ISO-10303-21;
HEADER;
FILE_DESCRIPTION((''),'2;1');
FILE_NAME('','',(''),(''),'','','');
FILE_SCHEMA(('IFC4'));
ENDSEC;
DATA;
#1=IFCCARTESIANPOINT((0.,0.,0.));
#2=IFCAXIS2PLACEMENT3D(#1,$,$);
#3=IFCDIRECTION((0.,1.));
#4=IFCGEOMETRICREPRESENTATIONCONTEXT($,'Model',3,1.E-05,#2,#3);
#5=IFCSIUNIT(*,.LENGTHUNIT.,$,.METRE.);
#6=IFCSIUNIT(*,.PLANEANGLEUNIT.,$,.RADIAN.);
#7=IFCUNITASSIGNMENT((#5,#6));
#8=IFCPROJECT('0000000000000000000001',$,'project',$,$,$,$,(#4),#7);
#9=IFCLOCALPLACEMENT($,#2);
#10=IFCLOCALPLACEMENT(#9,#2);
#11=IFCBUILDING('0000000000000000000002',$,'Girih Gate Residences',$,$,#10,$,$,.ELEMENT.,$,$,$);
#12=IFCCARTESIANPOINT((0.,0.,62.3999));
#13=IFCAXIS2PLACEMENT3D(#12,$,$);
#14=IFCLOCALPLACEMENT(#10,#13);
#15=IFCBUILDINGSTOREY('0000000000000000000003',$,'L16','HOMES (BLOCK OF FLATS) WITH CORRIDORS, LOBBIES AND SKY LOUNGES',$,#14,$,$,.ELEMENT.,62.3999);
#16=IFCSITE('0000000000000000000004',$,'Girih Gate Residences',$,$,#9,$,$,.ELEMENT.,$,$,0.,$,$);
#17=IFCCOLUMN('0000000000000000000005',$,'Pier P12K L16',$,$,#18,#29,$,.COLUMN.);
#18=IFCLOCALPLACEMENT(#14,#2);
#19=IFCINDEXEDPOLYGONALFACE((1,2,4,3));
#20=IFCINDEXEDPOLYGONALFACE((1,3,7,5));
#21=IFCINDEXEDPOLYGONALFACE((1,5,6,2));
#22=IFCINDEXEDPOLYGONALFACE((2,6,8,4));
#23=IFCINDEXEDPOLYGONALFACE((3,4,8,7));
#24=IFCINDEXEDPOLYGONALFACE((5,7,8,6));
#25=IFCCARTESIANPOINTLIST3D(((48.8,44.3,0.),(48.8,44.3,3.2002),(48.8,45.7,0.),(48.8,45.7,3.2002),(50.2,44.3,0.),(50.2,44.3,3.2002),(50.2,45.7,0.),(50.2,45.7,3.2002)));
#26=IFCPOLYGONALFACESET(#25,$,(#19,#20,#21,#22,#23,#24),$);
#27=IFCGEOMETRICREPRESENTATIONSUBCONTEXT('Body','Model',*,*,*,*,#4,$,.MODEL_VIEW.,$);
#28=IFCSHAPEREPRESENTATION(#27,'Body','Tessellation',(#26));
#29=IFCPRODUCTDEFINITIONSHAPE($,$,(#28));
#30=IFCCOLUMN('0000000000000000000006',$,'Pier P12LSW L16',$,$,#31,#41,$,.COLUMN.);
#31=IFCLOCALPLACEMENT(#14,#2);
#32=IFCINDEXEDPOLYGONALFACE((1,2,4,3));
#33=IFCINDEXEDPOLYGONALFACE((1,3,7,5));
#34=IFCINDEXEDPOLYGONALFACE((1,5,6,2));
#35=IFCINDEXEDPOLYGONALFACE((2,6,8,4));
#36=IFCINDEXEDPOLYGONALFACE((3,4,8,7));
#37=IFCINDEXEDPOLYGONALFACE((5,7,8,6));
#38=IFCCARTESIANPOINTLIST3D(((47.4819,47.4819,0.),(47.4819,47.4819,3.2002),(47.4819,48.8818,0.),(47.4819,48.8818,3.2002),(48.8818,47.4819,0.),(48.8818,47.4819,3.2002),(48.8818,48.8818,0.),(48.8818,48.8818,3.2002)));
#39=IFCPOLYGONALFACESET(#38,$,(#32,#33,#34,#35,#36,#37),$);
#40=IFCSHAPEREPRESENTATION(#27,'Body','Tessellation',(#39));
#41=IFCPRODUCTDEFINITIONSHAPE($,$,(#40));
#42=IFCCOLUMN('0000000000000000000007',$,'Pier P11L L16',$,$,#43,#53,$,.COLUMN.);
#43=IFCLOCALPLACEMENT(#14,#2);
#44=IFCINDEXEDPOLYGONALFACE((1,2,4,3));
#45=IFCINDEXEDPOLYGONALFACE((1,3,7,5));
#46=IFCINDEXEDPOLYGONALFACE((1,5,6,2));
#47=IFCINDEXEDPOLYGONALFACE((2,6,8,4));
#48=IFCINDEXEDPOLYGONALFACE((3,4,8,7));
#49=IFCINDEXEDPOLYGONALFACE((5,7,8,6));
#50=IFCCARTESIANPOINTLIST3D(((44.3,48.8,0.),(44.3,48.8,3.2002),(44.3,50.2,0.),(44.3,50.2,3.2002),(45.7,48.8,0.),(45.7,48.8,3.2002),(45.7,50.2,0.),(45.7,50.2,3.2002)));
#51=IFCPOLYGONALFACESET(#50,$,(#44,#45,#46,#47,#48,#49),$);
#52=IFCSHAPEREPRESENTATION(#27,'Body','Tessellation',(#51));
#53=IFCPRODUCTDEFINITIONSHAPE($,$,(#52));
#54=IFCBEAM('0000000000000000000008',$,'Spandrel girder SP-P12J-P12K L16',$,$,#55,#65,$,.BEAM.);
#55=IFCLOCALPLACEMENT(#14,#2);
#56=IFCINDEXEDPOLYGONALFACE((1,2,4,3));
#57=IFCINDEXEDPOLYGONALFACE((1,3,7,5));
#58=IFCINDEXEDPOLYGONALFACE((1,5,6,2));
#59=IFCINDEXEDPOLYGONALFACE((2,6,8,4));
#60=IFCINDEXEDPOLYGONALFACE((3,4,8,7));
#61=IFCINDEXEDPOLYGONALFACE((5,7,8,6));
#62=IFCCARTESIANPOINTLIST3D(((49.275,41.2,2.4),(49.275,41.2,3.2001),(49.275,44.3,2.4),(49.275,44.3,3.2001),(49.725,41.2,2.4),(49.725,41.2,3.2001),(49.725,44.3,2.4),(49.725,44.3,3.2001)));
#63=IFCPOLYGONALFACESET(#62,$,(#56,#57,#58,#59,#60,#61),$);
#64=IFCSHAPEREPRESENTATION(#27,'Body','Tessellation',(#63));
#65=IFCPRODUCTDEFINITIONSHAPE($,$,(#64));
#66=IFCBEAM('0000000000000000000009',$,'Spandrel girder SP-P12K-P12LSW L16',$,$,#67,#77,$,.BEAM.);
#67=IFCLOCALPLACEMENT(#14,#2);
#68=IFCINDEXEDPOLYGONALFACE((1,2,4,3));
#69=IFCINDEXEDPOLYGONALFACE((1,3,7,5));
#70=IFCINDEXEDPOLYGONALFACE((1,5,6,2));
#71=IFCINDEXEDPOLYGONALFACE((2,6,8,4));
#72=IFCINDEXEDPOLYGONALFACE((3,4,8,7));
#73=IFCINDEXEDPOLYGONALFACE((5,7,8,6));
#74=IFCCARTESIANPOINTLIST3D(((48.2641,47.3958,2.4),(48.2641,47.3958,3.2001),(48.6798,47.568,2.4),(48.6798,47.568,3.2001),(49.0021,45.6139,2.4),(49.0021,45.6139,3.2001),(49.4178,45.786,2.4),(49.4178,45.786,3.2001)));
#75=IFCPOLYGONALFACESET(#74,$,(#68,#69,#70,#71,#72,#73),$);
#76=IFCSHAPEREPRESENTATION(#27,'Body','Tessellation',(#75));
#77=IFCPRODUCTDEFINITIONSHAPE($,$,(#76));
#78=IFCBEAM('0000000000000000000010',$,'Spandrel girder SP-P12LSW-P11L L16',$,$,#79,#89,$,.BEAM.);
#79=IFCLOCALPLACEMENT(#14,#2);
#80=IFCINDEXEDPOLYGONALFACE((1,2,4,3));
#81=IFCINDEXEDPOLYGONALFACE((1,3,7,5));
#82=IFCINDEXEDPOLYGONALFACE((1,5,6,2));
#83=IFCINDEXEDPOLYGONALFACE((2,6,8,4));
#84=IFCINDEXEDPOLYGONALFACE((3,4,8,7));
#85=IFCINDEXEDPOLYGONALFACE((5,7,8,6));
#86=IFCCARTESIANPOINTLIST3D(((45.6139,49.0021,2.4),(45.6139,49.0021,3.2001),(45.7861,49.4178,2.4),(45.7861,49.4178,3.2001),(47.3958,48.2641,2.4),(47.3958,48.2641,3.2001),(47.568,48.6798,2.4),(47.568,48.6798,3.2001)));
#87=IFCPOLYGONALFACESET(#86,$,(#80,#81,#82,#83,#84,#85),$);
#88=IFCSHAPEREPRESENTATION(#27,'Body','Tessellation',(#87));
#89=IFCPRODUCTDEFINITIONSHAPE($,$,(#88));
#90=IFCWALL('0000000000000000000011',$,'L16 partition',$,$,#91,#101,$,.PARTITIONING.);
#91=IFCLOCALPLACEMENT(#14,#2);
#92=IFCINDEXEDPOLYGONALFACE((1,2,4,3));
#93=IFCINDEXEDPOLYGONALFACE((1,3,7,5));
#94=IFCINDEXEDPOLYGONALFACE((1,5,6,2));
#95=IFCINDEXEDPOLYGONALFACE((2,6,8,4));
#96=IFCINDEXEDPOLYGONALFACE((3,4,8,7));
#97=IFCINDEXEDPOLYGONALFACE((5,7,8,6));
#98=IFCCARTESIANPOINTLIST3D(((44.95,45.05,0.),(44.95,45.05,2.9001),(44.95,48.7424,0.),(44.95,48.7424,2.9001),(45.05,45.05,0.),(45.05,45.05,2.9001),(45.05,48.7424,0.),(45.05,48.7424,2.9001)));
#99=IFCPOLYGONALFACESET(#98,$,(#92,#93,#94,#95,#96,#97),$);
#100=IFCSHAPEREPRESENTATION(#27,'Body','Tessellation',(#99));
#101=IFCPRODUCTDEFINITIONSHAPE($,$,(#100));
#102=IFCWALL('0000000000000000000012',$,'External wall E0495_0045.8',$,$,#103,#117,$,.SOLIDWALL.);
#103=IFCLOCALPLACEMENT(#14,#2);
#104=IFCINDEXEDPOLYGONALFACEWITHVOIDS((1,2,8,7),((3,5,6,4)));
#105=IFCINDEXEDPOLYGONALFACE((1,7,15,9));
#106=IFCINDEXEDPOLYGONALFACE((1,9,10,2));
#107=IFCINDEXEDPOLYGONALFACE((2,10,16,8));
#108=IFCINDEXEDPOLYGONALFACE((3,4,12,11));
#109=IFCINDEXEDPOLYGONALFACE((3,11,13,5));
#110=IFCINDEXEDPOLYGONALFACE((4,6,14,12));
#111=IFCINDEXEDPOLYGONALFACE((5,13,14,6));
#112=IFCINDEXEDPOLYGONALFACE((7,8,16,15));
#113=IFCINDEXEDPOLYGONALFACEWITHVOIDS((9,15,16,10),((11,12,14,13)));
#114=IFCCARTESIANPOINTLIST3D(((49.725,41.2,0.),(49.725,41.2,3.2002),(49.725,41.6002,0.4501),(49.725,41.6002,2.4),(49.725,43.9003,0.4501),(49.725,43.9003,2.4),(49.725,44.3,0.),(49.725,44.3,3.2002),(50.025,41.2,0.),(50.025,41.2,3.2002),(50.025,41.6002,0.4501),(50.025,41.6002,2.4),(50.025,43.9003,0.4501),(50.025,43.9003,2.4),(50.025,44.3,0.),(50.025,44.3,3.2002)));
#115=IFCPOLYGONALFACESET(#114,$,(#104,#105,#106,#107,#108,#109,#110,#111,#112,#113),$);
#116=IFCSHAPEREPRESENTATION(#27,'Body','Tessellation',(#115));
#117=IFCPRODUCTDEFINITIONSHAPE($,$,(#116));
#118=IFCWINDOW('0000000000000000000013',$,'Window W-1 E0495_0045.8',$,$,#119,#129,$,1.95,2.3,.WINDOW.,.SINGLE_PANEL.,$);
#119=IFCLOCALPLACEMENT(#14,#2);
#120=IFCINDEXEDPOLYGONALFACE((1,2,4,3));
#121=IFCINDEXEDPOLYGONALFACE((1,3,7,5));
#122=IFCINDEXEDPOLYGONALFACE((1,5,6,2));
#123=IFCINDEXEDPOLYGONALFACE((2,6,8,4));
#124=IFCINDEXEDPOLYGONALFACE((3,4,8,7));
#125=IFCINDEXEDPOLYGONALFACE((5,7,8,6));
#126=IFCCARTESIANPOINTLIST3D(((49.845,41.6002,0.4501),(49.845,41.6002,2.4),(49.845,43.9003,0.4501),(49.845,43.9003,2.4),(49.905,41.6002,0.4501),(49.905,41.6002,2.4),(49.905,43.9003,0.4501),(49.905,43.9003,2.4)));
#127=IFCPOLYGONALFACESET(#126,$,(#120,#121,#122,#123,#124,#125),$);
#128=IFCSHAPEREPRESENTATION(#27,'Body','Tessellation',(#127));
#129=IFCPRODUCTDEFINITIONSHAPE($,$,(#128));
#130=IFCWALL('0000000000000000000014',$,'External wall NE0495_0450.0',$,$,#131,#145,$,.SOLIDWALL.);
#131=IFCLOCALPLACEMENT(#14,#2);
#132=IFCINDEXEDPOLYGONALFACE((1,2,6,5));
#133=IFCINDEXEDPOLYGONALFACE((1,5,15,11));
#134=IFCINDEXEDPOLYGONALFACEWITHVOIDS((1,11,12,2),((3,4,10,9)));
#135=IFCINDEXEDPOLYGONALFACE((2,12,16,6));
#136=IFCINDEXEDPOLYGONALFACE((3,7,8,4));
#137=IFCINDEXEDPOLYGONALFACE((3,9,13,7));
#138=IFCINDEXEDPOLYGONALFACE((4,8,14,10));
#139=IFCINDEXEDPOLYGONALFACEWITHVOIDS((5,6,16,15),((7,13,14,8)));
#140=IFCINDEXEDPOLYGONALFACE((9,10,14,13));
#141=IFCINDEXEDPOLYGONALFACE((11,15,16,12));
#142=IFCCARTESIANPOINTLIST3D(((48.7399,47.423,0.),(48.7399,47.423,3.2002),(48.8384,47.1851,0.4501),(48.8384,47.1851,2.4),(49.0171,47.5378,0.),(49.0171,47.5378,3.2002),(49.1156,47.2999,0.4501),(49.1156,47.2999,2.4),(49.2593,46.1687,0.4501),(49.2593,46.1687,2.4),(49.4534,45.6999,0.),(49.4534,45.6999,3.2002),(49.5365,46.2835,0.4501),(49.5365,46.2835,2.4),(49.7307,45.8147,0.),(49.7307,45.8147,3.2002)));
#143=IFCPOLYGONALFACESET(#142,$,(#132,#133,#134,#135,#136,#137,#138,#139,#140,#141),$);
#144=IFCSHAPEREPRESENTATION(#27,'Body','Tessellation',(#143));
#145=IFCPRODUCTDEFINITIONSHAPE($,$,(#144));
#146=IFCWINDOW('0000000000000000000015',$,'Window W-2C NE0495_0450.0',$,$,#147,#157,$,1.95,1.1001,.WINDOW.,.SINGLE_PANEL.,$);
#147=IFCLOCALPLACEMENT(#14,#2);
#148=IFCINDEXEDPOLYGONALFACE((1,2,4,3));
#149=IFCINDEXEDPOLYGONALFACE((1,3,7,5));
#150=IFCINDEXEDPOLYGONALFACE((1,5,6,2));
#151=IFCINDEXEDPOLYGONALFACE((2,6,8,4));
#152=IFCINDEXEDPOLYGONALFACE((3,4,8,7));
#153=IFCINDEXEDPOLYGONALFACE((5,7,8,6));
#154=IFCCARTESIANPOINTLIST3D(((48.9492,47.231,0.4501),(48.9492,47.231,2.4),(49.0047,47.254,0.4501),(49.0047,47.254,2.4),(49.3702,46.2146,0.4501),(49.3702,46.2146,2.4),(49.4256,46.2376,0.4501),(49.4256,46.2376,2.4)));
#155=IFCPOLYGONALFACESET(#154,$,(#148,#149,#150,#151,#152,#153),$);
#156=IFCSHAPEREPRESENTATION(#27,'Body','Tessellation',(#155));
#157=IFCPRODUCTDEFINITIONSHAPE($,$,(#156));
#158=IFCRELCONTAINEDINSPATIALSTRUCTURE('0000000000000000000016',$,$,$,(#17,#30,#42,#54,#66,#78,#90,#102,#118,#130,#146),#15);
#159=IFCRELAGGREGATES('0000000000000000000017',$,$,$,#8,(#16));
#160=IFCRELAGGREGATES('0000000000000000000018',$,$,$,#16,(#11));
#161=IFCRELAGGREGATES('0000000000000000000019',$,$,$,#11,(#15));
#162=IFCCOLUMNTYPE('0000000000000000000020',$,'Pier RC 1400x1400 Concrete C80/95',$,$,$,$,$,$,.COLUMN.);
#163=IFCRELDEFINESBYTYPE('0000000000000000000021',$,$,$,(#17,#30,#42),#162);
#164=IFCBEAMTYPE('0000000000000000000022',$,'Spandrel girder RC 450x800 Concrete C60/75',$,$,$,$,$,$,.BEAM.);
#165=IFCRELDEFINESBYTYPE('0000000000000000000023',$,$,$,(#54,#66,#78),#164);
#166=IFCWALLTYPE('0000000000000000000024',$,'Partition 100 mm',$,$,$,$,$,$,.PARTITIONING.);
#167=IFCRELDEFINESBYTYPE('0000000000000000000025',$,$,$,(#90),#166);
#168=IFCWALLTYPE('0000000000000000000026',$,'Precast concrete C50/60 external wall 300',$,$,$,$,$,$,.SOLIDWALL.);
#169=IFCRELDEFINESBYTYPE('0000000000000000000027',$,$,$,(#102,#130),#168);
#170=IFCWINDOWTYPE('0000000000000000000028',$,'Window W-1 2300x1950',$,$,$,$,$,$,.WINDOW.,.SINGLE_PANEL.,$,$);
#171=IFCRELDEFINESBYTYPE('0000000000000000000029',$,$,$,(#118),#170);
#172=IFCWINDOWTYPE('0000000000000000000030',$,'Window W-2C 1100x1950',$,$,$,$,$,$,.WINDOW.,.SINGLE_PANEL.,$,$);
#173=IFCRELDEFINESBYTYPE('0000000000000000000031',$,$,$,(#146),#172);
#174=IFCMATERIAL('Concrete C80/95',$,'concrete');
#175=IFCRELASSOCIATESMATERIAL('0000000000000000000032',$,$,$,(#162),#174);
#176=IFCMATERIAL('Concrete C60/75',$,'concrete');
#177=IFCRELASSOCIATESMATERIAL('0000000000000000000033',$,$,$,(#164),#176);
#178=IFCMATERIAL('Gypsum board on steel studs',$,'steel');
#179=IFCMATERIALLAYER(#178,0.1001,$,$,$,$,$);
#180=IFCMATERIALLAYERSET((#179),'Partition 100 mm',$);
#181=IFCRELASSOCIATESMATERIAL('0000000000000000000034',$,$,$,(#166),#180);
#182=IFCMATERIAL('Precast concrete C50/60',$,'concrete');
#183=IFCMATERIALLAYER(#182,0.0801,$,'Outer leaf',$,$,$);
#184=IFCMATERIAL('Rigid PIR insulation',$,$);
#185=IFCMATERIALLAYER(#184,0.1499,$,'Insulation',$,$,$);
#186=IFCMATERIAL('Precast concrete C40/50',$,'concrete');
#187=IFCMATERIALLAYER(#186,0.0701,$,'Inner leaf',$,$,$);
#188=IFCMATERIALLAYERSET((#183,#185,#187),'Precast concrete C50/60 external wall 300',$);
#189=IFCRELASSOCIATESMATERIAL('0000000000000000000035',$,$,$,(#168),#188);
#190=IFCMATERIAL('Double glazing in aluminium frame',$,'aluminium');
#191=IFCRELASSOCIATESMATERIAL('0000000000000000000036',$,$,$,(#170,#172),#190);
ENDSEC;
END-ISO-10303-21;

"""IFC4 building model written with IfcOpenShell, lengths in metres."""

from ifc_helpers import new_model, si_unit, direction, frame, frame_2d, origin, origin_2d, place, context, subcontext, project, spatial, rectangle, extrude, material, layer, layer_set, material_profile, profile_set, type_object, element, fill, save


model = new_model("IFC4")

# Units and contexts
model_context = context("Model", 3, precision=1e-05, world=origin(), true_north=direction((0.0, 1.0)))
body_context = subcontext(model_context, "Body", "Model", "MODEL_VIEW")
ifc_project = project(units=[si_unit("LENGTHUNIT", "METRE"), si_unit("PLANEANGLEUNIT", "RADIAN")], contexts=[model_context])

# Site, building, storey
site_placement = place(None, origin())
site = spatial("IfcSite", under=ifc_project, at=site_placement, Name="Girih Gate Residences", CompositionType="ELEMENT", RefElevation=0.0)
building_placement = place(site_placement, origin())
building = spatial("IfcBuilding", under=site, at=building_placement, Name="Girih Gate Residences", CompositionType="ELEMENT")
storey_placement = place(building_placement, frame((0.0, 0.0, 62.3999)))
storey = spatial("IfcBuildingStorey", under=building, at=storey_placement, Name="L16", Description="HOMES (BLOCK OF FLATS) WITH CORRIDORS, LOBBIES AND SKY LOUNGES", CompositionType="ELEMENT", Elevation=62.3999)

# Columns
ifc_material_1 = material(Name="Concrete C80/95", Category="concrete")
ifc_material_profile_1 = material_profile(ifc_material_1, rectangle(XDim=1.3999, YDim=1.3999, at=origin_2d()))
ifc_profile_set_1 = profile_set([ifc_material_profile_1], Name="Concrete C80/95")
column_type = type_object("IfcColumnType", Name="Pier RC 1400x1400 Concrete C80/95", PredefinedType="COLUMN", material=ifc_profile_set_1)
for number, where, z_axis, x_axis, name in (
    (1, (49.5, 45.0, 0.0), (0.0, 0.0, 1.0), (1.0, 0.0, 0.0), "Pier P12K L16"),
    (2, (48.1819, 48.1819, 0.0), (0.0, 0.0, 1.0), (1.0, 0.0, 0.0), "Pier P12LSW L16"),
    (3, (45.0, 49.5, 0.0), (0.0, 0.0, 1.0), (1.0, 0.0, 0.0), "Pier P11L L16"),
):
    element("IfcColumn", number, at=place(storey_placement, frame(where, z_axis=z_axis, x_axis=x_axis)), inside=storey, type_object=column_type, Name=name, PredefinedType="COLUMN", context=body_context, shape_type="SweptSolid", body=[
        extrude(rectangle(XDim=1.3999, YDim=1.3999, at=origin_2d()), origin(), (0.0, 0.0, 1.0), 3.2002),
    ])

# Beams
ifc_material_2 = material(Name="Concrete C60/75", Category="concrete")
ifc_material_profile_2 = material_profile(ifc_material_2, rectangle(XDim=0.45, YDim=0.8, at=origin_2d()))
ifc_profile_set_2 = profile_set([ifc_material_profile_2], Name="Concrete C60/75")
beam_type = type_object("IfcBeamType", Name="Spandrel girder RC 450x800 Concrete C60/75", PredefinedType="BEAM", material=ifc_profile_set_2)
beam_placement = place(storey_placement, frame((49.5, 41.2, 2.8), z_axis=(0.0, 1.0, 0.0), x_axis=(-1.0, 0.0, 0.0)))
element("IfcBeam", 4, at=beam_placement, inside=storey, type_object=beam_type, Name="Spandrel girder SP-P12J-P12K L16", PredefinedType="BEAM", context=body_context, shape_type="SweptSolid", body=[
    extrude(rectangle(XDim=0.45, YDim=0.8, at=origin_2d()), origin(), (0.0, 0.0, 1.0), 3.1001),
])
for number, where, z_axis, x_axis, name in (
    (5, (49.21, 45.7, 2.8), (-0.382646, 0.923895, 0.0), (-0.923895, -0.382646, 0.0), "Spandrel girder SP-P12K-P12LSW L16"),
    (6, (47.4819, 48.4719, 2.8), (-0.923895, 0.382646, 0.0), (-0.382646, -0.923895, 0.0), "Spandrel girder SP-P12LSW-P11L L16"),
):
    element("IfcBeam", number, at=place(storey_placement, frame(where, z_axis=z_axis, x_axis=x_axis)), inside=storey, type_object=beam_type, Name=name, PredefinedType="BEAM", context=body_context, shape_type="SweptSolid", body=[
        extrude(rectangle(XDim=0.45, YDim=0.8, at=origin_2d()), origin(), (0.0, 0.0, 1.0), 1.9287),
    ])

# Wall
ifc_material_3 = material(Name="Gypsum board on steel studs", Category="steel")
ifc_layer_1 = layer(ifc_material_3, 0.1001)
ifc_layer_set_1 = layer_set([ifc_layer_1], Name="Partition 100 mm")
wall_type_1 = type_object("IfcWallType", Name="Partition 100 mm", PredefinedType="PARTITIONING", material=ifc_layer_set_1)
wall_1_placement = place(storey_placement, frame((45.0, 45.05, 0.0), z_axis=(0.0, 0.0, 1.0), x_axis=(0.0, 1.0, 0.0)))
element("IfcWall", 7, at=wall_1_placement, inside=storey, type_object=wall_type_1, Name="L16 partition", PredefinedType="PARTITIONING", context=body_context, shape_type="SweptSolid", body=[
    extrude(rectangle(XDim=3.6924, YDim=0.1001, at=frame_2d((1.8462, 0.0))), origin(), (0.0, 0.0, 1.0), 2.9001),
])

# Walls, openings, windows
ifc_material_4 = material(Name="Precast concrete C50/60", Category="concrete")
ifc_layer_2 = layer(ifc_material_4, 0.0801, Name="Outer leaf")
ifc_material_5 = material(Name="Rigid PIR insulation")
ifc_layer_3 = layer(ifc_material_5, 0.1499, Name="Insulation")
ifc_material_6 = material(Name="Precast concrete C40/50", Category="concrete")
ifc_layer_4 = layer(ifc_material_6, 0.0701, Name="Inner leaf")
ifc_layer_set_2 = layer_set([ifc_layer_2, ifc_layer_3, ifc_layer_4], Name="Precast concrete C50/60 external wall 300")
wall_type_2 = type_object("IfcWallType", Name="Precast concrete C50/60 external wall 300", PredefinedType="SOLIDWALL", material=ifc_layer_set_2)
wall_2_placement = place(storey_placement, frame((49.875, 44.3, 0.0), z_axis=(0.0, 0.0, 1.0), x_axis=(0.0, -1.0, 0.0)))
wall_2 = element("IfcWall", 8, at=wall_2_placement, inside=storey, type_object=wall_type_2, Name="External wall E0495_0045.8", PredefinedType="SOLIDWALL", context=body_context, shape_type="SweptSolid", body=[
    extrude(rectangle(XDim=3.1001, YDim=0.3, at=frame_2d((1.55, 0.0))), origin(), (0.0, 0.0, 1.0), 3.2002),
])
opening_1_placement = place(wall_2_placement, frame((0.3999, 0.0, 0.45)))
opening_1 = element("IfcOpeningElement", 9, at=opening_1_placement, cuts=wall_2, PredefinedType="OPENING", context=body_context, shape_type="SweptSolid", body=[
    extrude(rectangle(XDim=2.3, YDim=1.95, at=frame_2d((1.1499, 0.9751))), frame((0.0, 0.1599, 0.0), z_axis=(0.0, -1.0, 0.0), x_axis=(1.0, 0.0, 0.0)), (0.0, 0.0, 1.0), 0.3201),
])
ifc_material_7 = material(Name="Double glazing in aluminium frame", Category="aluminium")
window_type_1 = type_object("IfcWindowType", Name="Window W-1 2300x1950", PartitioningType="SINGLE_PANEL", PredefinedType="WINDOW", material=ifc_material_7)
window_1_placement = place(opening_1_placement, origin())
window_1 = element("IfcWindow", 10, at=window_1_placement, inside=storey, type_object=window_type_1, Name="Window W-1 E0495_0045.8", OverallHeight=1.95, OverallWidth=2.3, PartitioningType="SINGLE_PANEL", PredefinedType="WINDOW", context=body_context, shape_type="SweptSolid", body=[
    extrude(rectangle(XDim=2.3, YDim=1.95, at=frame_2d((1.1499, 0.9751))), frame((0.0, 0.03, 0.0), z_axis=(0.0, -1.0, 0.0), x_axis=(1.0, 0.0, 0.0)), (0.0, 0.0, 1.0), 0.0601),
])
fill(opening_1, window_1)
wall_3_placement = place(storey_placement, frame((48.8784, 47.4805, 0.0), z_axis=(0.0, 0.0, 1.0), x_axis=(0.382625, -0.923904, 0.0)))
wall_3 = element("IfcWall", 11, at=wall_3_placement, inside=storey, type_object=wall_type_2, Name="External wall NE0495_0450.0", PredefinedType="SOLIDWALL", context=body_context, shape_type="SweptSolid", body=[
    extrude(rectangle(XDim=1.865, YDim=0.3, at=frame_2d((0.9326, 0.0))), origin(), (0.0, 0.0, 1.0), 3.2002),
])
opening_2_placement = place(wall_3_placement, frame((0.2576, 0.0, 0.45)))
opening_2 = element("IfcOpeningElement", 12, at=opening_2_placement, cuts=wall_3, PredefinedType="OPENING", context=body_context, shape_type="SweptSolid", body=[
    extrude(rectangle(XDim=1.1001, YDim=1.95, at=frame_2d((0.55, 0.9751))), frame((0.0, 0.1599, 0.0), z_axis=(0.0, -1.0, 0.0), x_axis=(1.0, 0.0, 0.0)), (0.0, 0.0, 1.0), 0.3201),
])
window_type_2 = type_object("IfcWindowType", Name="Window W-2C 1100x1950", PartitioningType="SINGLE_PANEL", PredefinedType="WINDOW", material=ifc_material_7)
window_2_placement = place(opening_2_placement, origin())
window_2 = element("IfcWindow", 13, at=window_2_placement, inside=storey, type_object=window_type_2, Name="Window W-2C NE0495_0450.0", OverallHeight=1.95, OverallWidth=1.1001, PartitioningType="SINGLE_PANEL", PredefinedType="WINDOW", context=body_context, shape_type="SweptSolid", body=[
    extrude(rectangle(XDim=1.1001, YDim=1.95, at=frame_2d((0.55, 0.9751))), frame((0.0, 0.03, 0.0), z_axis=(0.0, -1.0, 0.0), x_axis=(1.0, 0.0, 0.0)), (0.0, 0.0, 1.0), 0.0601),
])
fill(opening_2, window_2)

save(model, "model.ifc")
